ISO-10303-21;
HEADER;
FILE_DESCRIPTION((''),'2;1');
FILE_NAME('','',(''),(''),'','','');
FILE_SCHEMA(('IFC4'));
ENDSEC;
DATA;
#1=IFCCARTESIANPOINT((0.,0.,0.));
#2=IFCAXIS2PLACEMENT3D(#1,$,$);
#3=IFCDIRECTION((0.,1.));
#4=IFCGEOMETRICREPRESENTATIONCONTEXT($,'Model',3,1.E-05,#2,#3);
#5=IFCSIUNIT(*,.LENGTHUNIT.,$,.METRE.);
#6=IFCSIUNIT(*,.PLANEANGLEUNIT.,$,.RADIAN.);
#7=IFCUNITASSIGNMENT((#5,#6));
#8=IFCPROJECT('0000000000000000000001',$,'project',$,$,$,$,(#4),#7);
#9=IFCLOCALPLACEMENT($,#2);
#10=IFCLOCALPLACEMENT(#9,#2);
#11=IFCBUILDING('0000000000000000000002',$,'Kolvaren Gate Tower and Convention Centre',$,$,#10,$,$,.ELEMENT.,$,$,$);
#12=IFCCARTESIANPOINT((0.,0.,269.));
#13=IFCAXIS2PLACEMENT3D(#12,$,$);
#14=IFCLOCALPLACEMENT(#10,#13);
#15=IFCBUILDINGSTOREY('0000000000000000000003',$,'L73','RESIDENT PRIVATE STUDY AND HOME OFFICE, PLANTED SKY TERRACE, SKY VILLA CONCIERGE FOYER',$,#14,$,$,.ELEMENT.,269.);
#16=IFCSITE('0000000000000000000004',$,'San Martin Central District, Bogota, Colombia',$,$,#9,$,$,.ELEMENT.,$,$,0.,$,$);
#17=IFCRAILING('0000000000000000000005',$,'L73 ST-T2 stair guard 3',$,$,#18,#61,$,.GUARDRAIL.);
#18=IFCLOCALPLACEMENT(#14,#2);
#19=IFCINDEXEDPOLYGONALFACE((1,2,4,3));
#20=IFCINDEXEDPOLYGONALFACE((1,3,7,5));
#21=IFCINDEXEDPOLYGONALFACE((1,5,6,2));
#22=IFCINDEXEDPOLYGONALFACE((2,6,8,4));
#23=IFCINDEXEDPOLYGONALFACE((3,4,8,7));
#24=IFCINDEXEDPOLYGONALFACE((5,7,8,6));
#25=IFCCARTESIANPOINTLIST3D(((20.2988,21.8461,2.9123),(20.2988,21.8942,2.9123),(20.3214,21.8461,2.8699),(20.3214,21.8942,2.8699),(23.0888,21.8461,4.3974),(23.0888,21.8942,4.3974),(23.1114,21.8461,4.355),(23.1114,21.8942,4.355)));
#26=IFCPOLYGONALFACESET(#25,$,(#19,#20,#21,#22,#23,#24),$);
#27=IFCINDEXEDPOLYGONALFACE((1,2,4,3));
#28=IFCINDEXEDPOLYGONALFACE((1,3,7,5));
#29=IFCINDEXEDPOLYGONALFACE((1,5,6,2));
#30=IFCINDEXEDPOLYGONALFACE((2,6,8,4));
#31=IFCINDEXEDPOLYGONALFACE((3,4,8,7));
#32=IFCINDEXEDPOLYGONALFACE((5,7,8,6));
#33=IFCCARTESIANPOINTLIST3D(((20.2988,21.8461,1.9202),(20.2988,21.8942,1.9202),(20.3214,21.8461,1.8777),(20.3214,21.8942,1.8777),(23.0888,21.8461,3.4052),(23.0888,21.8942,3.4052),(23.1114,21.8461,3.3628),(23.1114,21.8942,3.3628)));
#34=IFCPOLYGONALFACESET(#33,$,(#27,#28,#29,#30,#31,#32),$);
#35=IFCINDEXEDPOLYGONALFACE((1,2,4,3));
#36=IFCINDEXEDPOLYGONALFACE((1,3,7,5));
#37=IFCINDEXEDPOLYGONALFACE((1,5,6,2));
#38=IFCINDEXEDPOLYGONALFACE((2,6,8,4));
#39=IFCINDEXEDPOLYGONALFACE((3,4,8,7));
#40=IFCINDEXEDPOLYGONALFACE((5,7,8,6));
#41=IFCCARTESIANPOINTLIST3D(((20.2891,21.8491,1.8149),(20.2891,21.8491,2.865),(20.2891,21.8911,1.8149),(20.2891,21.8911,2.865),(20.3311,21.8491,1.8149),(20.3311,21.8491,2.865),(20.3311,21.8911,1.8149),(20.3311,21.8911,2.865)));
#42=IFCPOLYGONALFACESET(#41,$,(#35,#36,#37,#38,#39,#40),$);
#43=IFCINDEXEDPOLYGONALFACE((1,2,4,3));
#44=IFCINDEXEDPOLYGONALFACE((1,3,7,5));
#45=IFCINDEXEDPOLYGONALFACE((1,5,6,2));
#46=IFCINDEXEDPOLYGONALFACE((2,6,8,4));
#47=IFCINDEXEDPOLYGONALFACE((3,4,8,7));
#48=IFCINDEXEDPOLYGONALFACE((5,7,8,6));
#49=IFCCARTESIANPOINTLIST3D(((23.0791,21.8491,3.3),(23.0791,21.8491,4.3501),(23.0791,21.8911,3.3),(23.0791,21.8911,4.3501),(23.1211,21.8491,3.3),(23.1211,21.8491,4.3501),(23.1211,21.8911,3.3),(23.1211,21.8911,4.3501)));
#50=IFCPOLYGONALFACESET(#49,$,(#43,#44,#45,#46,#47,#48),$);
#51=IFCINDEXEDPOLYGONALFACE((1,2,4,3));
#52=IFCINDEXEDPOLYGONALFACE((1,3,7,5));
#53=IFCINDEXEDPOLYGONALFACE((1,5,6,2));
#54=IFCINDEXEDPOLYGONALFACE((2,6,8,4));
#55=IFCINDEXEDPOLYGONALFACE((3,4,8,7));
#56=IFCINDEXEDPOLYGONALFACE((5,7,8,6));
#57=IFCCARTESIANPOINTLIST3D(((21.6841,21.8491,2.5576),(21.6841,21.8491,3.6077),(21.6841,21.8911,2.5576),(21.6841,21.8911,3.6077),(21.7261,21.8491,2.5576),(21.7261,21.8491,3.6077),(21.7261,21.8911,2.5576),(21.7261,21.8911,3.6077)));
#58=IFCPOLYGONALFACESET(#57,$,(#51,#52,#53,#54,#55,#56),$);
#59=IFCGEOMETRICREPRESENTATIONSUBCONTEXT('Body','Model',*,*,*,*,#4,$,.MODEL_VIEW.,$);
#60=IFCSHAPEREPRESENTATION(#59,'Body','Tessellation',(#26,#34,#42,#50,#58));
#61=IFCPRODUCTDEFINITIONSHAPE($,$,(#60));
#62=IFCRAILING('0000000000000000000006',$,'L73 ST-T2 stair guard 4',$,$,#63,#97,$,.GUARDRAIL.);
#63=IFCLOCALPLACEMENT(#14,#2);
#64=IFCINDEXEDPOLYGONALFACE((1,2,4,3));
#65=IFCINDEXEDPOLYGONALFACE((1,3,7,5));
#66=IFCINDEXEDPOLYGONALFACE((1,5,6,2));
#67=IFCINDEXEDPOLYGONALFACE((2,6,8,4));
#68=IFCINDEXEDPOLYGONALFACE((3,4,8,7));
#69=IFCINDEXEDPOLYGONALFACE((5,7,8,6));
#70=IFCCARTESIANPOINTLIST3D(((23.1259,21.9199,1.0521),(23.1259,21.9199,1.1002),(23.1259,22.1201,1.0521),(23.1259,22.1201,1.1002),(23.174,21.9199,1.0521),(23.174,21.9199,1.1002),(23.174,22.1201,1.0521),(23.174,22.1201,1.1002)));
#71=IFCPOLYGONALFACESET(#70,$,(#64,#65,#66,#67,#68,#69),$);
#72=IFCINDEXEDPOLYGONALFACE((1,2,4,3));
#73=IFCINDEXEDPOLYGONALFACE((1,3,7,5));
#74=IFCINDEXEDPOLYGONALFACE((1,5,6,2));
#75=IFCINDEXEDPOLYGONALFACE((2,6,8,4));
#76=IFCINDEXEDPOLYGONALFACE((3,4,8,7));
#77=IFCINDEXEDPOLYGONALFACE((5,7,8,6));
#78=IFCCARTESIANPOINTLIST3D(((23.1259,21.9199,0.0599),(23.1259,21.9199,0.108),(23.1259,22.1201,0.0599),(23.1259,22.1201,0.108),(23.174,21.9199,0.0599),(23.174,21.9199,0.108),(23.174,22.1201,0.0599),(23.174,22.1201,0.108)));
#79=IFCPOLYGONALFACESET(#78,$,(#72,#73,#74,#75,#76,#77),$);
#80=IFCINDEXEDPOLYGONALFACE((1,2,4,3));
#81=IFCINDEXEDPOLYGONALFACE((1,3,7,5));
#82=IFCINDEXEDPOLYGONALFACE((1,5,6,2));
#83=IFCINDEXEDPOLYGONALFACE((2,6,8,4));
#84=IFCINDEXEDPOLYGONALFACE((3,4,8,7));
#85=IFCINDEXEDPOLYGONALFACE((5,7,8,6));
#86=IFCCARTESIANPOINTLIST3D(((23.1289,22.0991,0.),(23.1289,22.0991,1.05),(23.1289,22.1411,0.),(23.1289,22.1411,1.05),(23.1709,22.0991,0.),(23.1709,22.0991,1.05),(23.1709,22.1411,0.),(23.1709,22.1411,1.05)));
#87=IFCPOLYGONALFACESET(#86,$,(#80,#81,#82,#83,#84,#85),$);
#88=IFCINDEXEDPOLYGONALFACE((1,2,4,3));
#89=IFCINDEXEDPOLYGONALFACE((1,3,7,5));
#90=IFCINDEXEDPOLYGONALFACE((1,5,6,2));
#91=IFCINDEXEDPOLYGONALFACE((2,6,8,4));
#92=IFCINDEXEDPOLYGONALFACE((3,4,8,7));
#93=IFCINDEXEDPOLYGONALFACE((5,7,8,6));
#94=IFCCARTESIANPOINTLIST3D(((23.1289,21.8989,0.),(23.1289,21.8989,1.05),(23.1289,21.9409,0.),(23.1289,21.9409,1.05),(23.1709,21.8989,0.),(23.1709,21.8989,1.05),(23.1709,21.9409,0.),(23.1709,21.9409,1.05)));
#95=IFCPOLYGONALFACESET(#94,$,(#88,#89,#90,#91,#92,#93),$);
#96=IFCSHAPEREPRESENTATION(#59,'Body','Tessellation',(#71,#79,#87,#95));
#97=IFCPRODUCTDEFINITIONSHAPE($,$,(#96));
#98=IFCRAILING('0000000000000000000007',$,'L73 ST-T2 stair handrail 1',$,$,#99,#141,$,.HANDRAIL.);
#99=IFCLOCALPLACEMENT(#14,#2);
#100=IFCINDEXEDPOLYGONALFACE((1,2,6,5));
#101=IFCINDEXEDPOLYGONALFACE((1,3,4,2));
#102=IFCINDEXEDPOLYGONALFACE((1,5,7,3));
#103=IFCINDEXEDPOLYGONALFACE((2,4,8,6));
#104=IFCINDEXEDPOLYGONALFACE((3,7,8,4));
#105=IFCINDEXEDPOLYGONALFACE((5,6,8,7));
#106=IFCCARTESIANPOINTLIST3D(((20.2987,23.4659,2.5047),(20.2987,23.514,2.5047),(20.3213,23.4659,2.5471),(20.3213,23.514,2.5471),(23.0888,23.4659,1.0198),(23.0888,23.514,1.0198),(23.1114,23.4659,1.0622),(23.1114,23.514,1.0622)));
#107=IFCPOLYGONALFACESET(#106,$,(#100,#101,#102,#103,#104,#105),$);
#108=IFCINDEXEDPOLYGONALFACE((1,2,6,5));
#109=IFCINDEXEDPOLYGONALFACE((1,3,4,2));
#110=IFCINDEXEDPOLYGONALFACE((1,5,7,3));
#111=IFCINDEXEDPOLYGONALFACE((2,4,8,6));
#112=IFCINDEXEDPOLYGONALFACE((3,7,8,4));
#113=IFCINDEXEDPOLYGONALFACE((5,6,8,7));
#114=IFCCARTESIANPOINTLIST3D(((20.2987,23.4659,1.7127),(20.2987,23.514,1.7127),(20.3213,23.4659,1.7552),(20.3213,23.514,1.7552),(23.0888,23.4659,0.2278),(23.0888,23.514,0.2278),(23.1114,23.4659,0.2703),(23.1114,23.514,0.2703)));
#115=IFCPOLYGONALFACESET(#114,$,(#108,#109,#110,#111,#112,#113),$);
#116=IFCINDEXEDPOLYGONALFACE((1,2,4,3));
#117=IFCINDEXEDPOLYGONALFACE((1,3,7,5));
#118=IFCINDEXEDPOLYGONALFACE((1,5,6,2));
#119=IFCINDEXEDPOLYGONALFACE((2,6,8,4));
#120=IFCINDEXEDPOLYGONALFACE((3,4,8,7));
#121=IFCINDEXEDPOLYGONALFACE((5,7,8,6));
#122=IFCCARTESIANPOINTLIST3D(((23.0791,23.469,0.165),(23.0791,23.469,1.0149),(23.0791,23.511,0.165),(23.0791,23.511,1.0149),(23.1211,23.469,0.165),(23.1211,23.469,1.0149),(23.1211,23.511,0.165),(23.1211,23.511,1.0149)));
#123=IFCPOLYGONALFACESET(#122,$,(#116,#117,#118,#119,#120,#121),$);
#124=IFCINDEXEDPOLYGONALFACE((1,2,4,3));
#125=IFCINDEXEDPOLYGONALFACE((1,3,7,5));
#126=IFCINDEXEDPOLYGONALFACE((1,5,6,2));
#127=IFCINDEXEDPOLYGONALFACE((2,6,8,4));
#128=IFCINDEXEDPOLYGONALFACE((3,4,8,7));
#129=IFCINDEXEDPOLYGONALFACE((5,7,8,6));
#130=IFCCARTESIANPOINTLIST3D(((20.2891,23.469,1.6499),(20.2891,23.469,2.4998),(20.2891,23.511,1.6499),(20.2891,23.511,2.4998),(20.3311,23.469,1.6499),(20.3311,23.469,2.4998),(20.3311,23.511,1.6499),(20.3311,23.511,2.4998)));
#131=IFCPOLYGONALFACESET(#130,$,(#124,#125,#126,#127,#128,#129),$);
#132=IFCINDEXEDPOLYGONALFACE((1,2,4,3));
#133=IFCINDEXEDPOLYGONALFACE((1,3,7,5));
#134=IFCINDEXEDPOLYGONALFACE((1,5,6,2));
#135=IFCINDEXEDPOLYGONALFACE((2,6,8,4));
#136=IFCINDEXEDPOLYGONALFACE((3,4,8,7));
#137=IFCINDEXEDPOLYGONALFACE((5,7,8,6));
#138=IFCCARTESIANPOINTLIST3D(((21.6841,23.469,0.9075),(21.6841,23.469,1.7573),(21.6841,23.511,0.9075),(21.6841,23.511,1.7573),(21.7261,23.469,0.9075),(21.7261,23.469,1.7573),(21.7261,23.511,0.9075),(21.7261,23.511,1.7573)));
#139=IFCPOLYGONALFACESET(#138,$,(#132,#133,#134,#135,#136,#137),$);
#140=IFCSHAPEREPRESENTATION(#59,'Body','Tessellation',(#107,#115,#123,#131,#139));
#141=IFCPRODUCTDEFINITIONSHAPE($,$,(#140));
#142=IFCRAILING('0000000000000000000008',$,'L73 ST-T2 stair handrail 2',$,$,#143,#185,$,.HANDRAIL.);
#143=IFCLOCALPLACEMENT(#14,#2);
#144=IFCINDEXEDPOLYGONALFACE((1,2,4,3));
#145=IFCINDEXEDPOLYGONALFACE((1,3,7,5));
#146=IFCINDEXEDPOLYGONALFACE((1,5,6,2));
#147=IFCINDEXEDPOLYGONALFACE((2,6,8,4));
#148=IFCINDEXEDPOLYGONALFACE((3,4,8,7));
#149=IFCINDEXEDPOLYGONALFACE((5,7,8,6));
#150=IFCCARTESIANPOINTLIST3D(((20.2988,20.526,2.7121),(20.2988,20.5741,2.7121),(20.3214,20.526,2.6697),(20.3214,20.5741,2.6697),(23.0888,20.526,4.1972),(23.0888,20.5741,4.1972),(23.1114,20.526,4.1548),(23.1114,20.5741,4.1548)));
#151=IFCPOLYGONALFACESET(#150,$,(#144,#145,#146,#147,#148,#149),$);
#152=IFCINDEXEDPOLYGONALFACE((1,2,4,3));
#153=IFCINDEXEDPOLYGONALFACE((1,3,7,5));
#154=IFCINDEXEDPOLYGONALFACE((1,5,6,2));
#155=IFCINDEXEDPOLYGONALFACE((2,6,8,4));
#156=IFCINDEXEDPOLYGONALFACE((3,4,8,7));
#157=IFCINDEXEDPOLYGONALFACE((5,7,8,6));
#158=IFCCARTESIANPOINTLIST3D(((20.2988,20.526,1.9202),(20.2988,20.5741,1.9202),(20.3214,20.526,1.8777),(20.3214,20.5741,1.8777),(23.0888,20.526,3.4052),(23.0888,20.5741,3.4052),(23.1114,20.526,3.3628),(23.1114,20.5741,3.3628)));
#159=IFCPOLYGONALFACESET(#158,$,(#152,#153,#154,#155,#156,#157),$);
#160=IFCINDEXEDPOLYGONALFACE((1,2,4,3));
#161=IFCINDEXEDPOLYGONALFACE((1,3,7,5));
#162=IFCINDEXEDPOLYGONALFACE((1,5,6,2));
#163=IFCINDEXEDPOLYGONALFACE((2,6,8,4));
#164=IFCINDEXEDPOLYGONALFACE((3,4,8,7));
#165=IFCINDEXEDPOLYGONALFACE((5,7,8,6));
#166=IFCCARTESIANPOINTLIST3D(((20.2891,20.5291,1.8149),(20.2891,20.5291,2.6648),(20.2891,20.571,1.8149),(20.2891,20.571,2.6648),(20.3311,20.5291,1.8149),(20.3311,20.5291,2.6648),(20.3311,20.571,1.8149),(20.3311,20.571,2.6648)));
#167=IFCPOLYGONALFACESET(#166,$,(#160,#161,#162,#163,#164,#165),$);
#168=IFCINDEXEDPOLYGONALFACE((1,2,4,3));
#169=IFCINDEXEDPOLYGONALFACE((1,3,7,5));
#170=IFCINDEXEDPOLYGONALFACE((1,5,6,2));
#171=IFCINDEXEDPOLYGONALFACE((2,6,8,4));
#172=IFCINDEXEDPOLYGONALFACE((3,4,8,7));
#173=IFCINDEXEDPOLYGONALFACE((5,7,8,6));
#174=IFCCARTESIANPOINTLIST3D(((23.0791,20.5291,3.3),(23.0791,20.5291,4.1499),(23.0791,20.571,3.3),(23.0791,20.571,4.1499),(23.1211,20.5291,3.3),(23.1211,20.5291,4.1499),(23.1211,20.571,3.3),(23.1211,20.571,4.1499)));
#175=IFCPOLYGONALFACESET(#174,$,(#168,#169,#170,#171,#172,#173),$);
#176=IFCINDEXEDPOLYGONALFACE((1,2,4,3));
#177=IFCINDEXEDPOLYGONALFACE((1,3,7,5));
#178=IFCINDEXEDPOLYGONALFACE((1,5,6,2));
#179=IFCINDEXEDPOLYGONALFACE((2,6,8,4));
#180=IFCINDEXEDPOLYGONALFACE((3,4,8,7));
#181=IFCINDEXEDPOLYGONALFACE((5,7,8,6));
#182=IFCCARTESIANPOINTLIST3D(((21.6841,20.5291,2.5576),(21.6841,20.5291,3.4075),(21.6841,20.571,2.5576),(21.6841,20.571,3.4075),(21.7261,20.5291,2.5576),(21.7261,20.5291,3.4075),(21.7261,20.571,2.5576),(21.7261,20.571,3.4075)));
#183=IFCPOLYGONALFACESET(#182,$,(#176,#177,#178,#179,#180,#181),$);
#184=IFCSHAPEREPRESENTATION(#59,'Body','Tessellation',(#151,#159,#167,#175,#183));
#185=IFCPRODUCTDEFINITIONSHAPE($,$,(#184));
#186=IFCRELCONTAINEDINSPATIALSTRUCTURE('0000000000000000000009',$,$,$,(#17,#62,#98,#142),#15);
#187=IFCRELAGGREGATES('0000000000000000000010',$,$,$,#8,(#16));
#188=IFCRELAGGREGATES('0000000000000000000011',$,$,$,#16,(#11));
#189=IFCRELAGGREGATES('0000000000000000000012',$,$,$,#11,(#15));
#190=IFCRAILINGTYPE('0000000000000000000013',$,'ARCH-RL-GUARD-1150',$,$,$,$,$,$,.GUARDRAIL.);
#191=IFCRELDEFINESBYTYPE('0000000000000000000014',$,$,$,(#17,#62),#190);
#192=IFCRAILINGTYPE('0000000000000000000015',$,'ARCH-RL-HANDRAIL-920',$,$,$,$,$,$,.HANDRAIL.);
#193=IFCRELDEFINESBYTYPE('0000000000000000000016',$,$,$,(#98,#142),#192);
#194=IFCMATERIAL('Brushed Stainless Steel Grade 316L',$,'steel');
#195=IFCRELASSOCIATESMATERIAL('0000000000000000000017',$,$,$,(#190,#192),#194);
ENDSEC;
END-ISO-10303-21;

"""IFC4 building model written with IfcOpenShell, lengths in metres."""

from ifc_helpers import new_model, si_unit, direction, frame, origin, origin_2d, place, context, subcontext, project, spatial, rectangle, extrude, material, type_object, element, save


model = new_model("IFC4")

# Units and contexts
model_context = context("Model", 3, precision=1e-05, world=origin(), true_north=direction((0.0, 1.0)))
body_context = subcontext(model_context, "Body", "Model", "MODEL_VIEW")
ifc_project = project(units=[si_unit("LENGTHUNIT", "METRE"), si_unit("PLANEANGLEUNIT", "RADIAN")], contexts=[model_context])

# Site, building, storey
site_placement = place(None, origin())
site = spatial("IfcSite", under=ifc_project, at=site_placement, Name="San Martin Central District, Bogota, Colombia", CompositionType="ELEMENT", RefElevation=0.0)
building_placement = place(site_placement, origin())
building = spatial("IfcBuilding", under=site, at=building_placement, Name="Kolvaren Gate Tower and Convention Centre", CompositionType="ELEMENT")
storey_placement = place(building_placement, frame((0.0, 0.0, 269.0)))
storey = spatial("IfcBuildingStorey", under=building, at=storey_placement, Name="L73", Description="RESIDENT PRIVATE STUDY AND HOME OFFICE, PLANTED SKY TERRACE, SKY VILLA CONCIERGE FOYER", CompositionType="ELEMENT", Elevation=269.0)

# Shared definitions
ifc_material_1 = material(Name="Brushed Stainless Steel Grade 316L", Category="steel")

# Railings
railing_type_1 = type_object("IfcRailingType", Name="ARCH-RL-GUARD-1150", PredefinedType="GUARDRAIL", material=ifc_material_1)
railing_1_placement = place(storey_placement, frame((20.3101, 21.8701, 1.8149)))
element("IfcRailing", 1, at=railing_1_placement, inside=storey, type_object=railing_type_1, Name="L73 ST-T2 stair guard 3", PredefinedType="GUARDRAIL", context=body_context, shape_type="SweptSolid", body=[
    extrude(rectangle(XDim=0.0481, YDim=0.0481, at=origin_2d()), frame((0.0, 0.0, 1.0762), z_axis=(0.882735, 0.0, 0.46987), x_axis=(0.0, 1.0, 0.0)), (0.0, 0.0, 1.0), 3.1606),
    extrude(rectangle(XDim=0.0481, YDim=0.0481, at=origin_2d()), frame((0.0, 0.0, 0.084), z_axis=(0.882735, 0.0, 0.46987), x_axis=(0.0, 1.0, 0.0)), (0.0, 0.0, 1.0), 3.1606),
    extrude(rectangle(XDim=0.042, YDim=0.042, at=origin_2d()), origin(), (0.0, 0.0, 1.0), 1.05),
    extrude(rectangle(XDim=0.042, YDim=0.042, at=origin_2d()), frame((2.79, 0.0, 1.4851)), (0.0, 0.0, 1.0), 1.05),
    extrude(rectangle(XDim=0.042, YDim=0.042, at=origin_2d()), frame((1.395, 0.0, 0.7427)), (0.0, 0.0, 1.0), 1.05),
])
railing_2_placement = place(storey_placement, frame((23.1499, 22.1201, 0.0)))
element("IfcRailing", 2, at=railing_2_placement, inside=storey, type_object=railing_type_1, Name="L73 ST-T2 stair guard 4", PredefinedType="GUARDRAIL", context=body_context, shape_type="SweptSolid", body=[
    extrude(rectangle(XDim=0.0481, YDim=0.0481, at=origin_2d()), frame((0.0, 0.0, 1.0762), z_axis=(0.0, -1.0, 0.0), x_axis=(1.0, 0.0, 0.0)), (0.0, 0.0, 1.0), 0.2002),
    extrude(rectangle(XDim=0.0481, YDim=0.0481, at=origin_2d()), frame((0.0, 0.0, 0.084), z_axis=(0.0, -1.0, 0.0), x_axis=(1.0, 0.0, 0.0)), (0.0, 0.0, 1.0), 0.2002),
    extrude(rectangle(XDim=0.042, YDim=0.042, at=origin_2d()), origin(), (0.0, 0.0, 1.0), 1.05),
    extrude(rectangle(XDim=0.042, YDim=0.042, at=origin_2d()), frame((0.0, -0.2002, 0.0)), (0.0, 0.0, 1.0), 1.05),
])
railing_type_2 = type_object("IfcRailingType", Name="ARCH-RL-HANDRAIL-920", PredefinedType="HANDRAIL", material=ifc_material_1)
railing_3_placement = place(storey_placement, frame((23.1001, 23.49, 0.165)))
element("IfcRailing", 3, at=railing_3_placement, inside=storey, type_object=railing_type_2, Name="L73 ST-T2 stair handrail 1", PredefinedType="HANDRAIL", context=body_context, shape_type="SweptSolid", body=[
    extrude(rectangle(XDim=0.0481, YDim=0.0481, at=origin_2d()), frame((0.0, 0.0, 0.876), z_axis=(-0.882767, 0.0, 0.46981), x_axis=(0.0, -1.0, 0.0)), (0.0, 0.0, 1.0), 3.1606),
    extrude(rectangle(XDim=0.0481, YDim=0.0481, at=origin_2d()), frame((0.0, 0.0, 0.084), z_axis=(-0.882767, 0.0, 0.46981), x_axis=(0.0, -1.0, 0.0)), (0.0, 0.0, 1.0), 3.1606),
    extrude(rectangle(XDim=0.042, YDim=0.042, at=origin_2d()), origin(), (0.0, 0.0, 1.0), 0.8499),
    extrude(rectangle(XDim=0.042, YDim=0.042, at=origin_2d()), frame((-2.79, 0.0, 1.4849)), (0.0, 0.0, 1.0), 0.8499),
    extrude(rectangle(XDim=0.042, YDim=0.042, at=origin_2d()), frame((-1.395, 0.0, 0.7424)), (0.0, 0.0, 1.0), 0.8499),
])
railing_4_placement = place(storey_placement, frame((20.3101, 20.55, 1.8149)))
element("IfcRailing", 4, at=railing_4_placement, inside=storey, type_object=railing_type_2, Name="L73 ST-T2 stair handrail 2", PredefinedType="HANDRAIL", context=body_context, shape_type="SweptSolid", body=[
    extrude(rectangle(XDim=0.0481, YDim=0.0481, at=origin_2d()), frame((0.0, 0.0, 0.876), z_axis=(0.882735, 0.0, 0.46987), x_axis=(0.0, 1.0, 0.0)), (0.0, 0.0, 1.0), 3.1606),
    extrude(rectangle(XDim=0.0481, YDim=0.0481, at=origin_2d()), frame((0.0, 0.0, 0.084), z_axis=(0.882735, 0.0, 0.46987), x_axis=(0.0, 1.0, 0.0)), (0.0, 0.0, 1.0), 3.1606),
    extrude(rectangle(XDim=0.042, YDim=0.042, at=origin_2d()), origin(), (0.0, 0.0, 1.0), 0.8499),
    extrude(rectangle(XDim=0.042, YDim=0.042, at=origin_2d()), frame((2.79, 0.0, 1.4851)), (0.0, 0.0, 1.0), 0.8499),
    extrude(rectangle(XDim=0.042, YDim=0.042, at=origin_2d()), frame((1.395, 0.0, 0.7427)), (0.0, 0.0, 1.0), 0.8499),
])

save(model, "model.ifc")
